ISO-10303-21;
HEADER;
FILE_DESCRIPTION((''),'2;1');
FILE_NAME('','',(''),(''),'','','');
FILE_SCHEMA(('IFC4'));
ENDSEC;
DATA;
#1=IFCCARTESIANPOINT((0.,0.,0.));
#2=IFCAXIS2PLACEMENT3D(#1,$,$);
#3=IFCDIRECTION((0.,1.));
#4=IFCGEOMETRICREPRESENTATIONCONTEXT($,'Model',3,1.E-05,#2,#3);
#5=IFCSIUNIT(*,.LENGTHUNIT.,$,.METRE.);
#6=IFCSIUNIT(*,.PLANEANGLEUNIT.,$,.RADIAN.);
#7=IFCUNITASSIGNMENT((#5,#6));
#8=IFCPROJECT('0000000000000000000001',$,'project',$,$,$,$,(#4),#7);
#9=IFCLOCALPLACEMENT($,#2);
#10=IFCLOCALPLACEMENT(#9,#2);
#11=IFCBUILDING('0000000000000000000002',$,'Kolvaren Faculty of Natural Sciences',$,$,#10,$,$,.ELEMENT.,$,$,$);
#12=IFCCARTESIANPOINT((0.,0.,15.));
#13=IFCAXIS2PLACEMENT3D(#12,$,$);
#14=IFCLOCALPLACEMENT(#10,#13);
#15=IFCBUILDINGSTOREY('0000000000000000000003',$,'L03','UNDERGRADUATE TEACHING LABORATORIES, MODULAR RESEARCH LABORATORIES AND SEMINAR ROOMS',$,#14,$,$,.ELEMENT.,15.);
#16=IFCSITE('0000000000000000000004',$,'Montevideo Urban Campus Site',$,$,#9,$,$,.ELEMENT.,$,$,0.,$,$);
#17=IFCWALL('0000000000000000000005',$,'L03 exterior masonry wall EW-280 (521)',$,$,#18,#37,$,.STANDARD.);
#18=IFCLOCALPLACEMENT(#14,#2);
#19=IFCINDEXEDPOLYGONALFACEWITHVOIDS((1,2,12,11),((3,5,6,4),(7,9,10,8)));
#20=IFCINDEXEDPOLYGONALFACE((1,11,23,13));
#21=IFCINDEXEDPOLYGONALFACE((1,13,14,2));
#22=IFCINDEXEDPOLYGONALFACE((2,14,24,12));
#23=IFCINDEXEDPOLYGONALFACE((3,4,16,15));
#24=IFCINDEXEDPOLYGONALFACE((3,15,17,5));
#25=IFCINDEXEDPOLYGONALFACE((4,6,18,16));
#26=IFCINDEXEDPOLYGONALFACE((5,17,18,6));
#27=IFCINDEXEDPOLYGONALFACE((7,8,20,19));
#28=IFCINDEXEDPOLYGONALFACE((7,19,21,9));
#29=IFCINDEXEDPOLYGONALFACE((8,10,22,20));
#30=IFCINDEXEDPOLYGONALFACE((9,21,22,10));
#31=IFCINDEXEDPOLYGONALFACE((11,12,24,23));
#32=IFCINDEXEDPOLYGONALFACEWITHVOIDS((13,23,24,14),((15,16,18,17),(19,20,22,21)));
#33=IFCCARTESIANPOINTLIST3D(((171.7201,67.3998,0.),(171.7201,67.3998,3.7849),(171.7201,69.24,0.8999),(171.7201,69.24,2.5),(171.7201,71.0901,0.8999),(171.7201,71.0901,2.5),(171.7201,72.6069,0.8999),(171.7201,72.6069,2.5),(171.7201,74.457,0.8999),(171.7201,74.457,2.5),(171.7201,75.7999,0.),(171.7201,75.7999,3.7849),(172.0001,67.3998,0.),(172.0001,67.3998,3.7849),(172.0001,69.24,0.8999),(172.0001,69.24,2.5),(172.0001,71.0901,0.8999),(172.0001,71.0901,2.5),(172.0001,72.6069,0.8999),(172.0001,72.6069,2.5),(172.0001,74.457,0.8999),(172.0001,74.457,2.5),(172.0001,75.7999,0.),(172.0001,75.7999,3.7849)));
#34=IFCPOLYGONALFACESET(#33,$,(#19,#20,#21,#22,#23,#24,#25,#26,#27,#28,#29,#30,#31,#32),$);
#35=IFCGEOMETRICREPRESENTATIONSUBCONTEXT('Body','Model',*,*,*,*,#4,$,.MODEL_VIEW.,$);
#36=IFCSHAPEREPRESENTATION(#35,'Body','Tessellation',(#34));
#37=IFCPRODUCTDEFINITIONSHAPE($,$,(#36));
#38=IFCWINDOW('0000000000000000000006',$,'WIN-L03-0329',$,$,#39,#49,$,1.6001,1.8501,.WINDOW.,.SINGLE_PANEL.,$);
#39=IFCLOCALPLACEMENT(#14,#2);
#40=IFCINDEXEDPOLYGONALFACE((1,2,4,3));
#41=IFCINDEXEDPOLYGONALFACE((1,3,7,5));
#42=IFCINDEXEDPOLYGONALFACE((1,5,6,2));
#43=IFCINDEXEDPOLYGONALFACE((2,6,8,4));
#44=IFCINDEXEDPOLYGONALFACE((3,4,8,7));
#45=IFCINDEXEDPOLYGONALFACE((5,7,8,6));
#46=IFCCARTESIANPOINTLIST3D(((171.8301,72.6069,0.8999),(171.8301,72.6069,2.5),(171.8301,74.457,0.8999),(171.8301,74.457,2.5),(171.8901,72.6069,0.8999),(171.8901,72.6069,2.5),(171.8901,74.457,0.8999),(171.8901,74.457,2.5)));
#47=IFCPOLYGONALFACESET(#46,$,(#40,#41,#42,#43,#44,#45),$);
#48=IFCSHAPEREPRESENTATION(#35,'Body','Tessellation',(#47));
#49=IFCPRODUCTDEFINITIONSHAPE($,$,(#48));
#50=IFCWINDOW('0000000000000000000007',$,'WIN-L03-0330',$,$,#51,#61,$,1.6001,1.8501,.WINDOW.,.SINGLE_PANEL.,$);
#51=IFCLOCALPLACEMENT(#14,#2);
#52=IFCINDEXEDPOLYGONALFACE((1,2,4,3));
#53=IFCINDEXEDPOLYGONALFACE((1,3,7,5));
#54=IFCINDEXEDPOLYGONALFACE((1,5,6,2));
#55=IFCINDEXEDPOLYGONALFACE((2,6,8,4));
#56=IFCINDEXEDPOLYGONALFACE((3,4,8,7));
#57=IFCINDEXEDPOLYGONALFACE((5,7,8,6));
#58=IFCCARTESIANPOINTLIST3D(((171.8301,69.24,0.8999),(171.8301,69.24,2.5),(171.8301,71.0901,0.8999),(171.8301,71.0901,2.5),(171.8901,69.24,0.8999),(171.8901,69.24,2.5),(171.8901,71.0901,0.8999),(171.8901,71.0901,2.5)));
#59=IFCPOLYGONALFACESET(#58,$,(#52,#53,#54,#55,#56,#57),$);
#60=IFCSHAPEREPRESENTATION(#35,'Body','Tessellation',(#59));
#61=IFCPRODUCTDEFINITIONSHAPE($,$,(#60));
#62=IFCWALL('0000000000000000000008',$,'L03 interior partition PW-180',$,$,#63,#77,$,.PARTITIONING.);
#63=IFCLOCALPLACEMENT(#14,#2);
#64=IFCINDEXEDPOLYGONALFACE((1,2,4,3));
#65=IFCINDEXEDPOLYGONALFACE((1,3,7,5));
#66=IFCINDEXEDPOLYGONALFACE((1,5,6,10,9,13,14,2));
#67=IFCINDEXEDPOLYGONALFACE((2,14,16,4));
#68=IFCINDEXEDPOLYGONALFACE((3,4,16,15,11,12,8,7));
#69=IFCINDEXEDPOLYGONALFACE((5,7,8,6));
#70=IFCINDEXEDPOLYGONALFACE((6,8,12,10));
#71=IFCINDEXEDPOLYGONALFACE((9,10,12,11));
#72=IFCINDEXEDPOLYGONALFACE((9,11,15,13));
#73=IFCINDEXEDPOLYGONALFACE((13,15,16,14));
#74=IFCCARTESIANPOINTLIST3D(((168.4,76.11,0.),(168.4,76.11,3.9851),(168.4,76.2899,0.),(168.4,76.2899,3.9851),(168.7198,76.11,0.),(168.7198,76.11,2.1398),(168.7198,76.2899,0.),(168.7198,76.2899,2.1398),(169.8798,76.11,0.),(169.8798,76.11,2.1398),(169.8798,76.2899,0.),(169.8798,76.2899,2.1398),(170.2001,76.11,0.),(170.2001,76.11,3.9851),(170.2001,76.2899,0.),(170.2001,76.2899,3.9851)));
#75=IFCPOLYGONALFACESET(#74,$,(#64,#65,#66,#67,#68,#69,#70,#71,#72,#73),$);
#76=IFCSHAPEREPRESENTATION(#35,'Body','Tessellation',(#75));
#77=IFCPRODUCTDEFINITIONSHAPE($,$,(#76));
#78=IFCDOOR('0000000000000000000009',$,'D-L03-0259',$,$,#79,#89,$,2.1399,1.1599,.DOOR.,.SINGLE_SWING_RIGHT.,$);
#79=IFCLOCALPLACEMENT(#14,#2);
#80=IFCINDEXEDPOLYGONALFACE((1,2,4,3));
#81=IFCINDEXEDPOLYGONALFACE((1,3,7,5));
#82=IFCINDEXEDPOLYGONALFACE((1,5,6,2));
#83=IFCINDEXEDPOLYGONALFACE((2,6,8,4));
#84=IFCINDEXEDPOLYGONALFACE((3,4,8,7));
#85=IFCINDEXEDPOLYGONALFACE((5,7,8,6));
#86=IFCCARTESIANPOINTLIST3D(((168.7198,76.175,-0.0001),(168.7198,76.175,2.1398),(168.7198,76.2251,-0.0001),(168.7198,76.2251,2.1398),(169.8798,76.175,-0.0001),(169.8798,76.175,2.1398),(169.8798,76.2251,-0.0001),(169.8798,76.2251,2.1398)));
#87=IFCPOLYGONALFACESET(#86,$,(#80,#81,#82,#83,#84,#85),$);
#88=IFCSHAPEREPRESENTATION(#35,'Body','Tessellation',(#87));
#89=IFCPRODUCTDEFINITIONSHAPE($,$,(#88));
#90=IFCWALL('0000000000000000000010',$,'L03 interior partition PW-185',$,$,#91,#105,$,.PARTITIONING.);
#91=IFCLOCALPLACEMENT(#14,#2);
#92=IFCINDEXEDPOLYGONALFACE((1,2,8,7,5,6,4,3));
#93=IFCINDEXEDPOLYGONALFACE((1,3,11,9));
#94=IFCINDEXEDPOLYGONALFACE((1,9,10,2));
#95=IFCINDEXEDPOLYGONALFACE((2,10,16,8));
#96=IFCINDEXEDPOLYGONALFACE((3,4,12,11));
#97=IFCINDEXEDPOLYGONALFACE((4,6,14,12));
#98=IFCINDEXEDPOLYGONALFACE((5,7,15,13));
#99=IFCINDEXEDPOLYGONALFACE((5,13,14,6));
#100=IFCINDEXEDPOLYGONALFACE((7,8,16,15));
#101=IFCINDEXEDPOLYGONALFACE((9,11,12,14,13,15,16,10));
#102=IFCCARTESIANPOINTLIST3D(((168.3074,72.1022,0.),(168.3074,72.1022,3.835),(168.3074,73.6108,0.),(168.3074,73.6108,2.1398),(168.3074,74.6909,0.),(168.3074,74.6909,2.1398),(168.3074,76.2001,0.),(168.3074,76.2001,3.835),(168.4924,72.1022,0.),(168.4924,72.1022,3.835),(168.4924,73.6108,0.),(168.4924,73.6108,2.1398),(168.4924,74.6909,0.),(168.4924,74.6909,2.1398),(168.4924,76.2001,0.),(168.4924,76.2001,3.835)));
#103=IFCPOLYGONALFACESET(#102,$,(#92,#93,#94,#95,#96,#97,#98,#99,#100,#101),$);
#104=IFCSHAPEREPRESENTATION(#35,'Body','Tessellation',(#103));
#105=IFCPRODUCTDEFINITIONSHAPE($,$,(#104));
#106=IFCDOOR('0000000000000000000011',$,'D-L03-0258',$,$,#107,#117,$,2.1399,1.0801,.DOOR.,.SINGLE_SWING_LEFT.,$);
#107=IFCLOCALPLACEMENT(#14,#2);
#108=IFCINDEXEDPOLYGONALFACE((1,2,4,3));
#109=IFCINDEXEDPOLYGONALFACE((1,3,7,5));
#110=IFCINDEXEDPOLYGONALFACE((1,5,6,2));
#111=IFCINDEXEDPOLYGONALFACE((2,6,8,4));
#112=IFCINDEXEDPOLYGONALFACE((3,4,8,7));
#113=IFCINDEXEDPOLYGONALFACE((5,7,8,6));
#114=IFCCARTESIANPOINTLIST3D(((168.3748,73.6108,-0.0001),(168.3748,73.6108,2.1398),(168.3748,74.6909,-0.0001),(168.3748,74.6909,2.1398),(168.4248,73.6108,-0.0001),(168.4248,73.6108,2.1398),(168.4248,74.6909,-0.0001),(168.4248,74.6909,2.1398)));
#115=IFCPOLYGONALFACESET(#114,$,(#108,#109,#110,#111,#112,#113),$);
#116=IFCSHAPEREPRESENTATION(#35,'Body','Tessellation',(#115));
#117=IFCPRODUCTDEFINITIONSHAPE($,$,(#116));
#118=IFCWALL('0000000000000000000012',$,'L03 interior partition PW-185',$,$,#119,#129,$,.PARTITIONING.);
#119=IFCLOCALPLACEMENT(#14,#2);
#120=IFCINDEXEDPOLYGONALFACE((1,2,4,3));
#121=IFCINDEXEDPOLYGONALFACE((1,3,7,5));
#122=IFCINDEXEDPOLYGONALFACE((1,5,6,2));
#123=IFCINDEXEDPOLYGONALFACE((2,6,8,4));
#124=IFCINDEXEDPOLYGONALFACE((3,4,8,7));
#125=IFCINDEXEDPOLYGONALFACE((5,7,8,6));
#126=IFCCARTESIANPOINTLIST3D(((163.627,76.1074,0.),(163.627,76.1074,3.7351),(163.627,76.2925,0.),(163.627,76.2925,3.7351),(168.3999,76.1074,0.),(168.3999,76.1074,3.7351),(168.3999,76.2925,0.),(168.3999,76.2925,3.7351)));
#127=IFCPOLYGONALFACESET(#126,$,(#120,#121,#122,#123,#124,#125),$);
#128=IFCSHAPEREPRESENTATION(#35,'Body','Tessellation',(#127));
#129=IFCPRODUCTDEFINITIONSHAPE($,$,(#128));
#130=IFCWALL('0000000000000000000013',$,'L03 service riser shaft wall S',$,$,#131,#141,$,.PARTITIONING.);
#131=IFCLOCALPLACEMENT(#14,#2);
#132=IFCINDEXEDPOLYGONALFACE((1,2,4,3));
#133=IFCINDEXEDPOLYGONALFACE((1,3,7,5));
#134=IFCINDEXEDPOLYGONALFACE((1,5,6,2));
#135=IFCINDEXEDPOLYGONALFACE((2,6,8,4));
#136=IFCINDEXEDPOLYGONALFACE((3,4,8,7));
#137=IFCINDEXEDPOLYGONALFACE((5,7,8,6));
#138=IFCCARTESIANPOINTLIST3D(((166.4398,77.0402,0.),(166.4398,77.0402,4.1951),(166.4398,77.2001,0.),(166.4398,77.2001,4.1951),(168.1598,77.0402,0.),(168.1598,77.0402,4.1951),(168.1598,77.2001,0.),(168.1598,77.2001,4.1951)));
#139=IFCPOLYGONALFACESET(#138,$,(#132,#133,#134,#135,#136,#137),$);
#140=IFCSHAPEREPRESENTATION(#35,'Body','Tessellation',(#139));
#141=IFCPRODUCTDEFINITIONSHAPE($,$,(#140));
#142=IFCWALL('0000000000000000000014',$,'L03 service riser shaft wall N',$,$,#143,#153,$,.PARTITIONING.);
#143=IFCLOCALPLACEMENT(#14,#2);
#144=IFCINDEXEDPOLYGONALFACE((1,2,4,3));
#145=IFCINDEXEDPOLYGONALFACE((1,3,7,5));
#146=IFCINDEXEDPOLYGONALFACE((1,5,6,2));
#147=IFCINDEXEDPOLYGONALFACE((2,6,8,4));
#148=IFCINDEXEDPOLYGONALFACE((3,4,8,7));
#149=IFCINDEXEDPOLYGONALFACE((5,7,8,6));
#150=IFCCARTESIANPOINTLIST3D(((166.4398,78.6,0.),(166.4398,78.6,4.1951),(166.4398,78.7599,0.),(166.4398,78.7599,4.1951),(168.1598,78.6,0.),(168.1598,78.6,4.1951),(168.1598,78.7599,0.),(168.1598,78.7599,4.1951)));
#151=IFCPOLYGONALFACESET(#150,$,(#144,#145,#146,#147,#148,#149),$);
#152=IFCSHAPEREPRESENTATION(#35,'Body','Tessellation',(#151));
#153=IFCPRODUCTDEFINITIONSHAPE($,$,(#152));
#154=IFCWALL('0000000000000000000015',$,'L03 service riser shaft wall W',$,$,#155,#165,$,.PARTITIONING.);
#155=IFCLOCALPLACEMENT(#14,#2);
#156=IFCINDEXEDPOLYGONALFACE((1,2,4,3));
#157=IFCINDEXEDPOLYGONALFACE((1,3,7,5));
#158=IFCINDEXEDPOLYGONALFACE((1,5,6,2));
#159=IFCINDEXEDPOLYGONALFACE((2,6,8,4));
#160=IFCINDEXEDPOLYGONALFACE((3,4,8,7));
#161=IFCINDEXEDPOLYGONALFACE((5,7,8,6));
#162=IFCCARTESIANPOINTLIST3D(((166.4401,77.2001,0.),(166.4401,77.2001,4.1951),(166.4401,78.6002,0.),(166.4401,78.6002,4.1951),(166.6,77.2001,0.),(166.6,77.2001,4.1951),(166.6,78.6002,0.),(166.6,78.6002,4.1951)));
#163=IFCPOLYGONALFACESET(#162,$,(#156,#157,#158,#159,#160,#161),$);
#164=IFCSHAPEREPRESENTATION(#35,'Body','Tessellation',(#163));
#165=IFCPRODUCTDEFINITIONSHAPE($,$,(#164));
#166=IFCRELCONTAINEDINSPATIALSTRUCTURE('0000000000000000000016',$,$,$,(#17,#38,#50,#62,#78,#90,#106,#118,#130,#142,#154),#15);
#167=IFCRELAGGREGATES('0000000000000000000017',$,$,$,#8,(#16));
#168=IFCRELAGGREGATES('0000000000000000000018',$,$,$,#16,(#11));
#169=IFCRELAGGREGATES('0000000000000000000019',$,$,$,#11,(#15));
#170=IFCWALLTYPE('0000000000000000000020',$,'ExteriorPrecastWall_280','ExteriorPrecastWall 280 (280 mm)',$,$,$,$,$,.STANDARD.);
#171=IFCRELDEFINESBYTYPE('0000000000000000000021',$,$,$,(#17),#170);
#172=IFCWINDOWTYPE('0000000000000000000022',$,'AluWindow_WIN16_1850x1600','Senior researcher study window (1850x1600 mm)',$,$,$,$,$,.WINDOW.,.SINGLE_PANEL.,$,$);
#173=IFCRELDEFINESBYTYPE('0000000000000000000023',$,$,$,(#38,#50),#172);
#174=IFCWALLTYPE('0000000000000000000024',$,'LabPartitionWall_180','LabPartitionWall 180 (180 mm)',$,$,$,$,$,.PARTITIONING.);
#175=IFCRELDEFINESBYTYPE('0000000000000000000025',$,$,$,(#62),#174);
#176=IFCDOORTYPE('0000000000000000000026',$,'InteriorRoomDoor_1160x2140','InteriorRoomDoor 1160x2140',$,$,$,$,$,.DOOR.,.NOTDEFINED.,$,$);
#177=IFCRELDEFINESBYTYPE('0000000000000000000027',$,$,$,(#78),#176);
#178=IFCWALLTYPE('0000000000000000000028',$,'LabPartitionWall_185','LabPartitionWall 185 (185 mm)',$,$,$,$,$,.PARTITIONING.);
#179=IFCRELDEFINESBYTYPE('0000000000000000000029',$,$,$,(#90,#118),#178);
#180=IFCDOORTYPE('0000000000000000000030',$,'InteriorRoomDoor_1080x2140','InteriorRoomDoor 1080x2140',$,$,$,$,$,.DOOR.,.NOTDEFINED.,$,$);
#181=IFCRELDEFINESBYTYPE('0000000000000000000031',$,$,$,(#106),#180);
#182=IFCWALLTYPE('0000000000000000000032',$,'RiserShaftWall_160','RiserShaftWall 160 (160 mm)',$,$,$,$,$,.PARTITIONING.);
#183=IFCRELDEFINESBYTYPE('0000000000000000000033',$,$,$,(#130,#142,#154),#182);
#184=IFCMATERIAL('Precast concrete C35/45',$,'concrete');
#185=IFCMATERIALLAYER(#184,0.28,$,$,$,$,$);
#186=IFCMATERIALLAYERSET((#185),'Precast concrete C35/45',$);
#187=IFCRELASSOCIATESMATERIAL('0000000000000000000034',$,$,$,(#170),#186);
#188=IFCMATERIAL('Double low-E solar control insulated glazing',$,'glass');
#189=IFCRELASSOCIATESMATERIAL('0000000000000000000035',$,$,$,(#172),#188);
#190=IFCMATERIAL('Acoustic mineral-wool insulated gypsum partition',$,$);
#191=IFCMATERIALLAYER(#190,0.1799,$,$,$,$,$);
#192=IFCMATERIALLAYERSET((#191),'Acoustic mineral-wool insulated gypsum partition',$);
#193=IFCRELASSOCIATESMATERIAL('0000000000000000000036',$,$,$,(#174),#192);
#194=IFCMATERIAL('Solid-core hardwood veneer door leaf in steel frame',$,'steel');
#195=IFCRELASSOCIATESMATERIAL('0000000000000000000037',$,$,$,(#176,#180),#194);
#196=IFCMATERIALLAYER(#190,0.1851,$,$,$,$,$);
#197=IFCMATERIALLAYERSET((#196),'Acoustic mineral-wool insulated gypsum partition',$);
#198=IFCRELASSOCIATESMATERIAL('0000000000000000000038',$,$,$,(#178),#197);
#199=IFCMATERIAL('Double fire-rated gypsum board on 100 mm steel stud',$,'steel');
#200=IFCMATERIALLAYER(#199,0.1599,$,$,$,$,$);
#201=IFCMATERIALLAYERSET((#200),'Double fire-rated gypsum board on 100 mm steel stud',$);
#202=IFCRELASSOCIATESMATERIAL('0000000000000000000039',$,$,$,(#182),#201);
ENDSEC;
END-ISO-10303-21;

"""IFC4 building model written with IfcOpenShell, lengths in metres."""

from ifc_helpers import new_model, si_unit, direction, frame, frame_2d, origin, place, context, subcontext, project, spatial, rectangle, extrude, material, layer, layer_set, type_object, element, fill, save


model = new_model("IFC4")

# Units and contexts
model_context = context("Model", 3, precision=1e-05, world=origin(), true_north=direction((0.0, 1.0)))
body_context = subcontext(model_context, "Body", "Model", "MODEL_VIEW")
ifc_project = project(units=[si_unit("LENGTHUNIT", "METRE"), si_unit("PLANEANGLEUNIT", "RADIAN")], contexts=[model_context])

# Site, building, storey
site_placement = place(None, origin())
site = spatial("IfcSite", under=ifc_project, at=site_placement, Name="Montevideo Urban Campus Site", CompositionType="ELEMENT", RefElevation=0.0)
building_placement = place(site_placement, origin())
building = spatial("IfcBuilding", under=site, at=building_placement, Name="Kolvaren Faculty of Natural Sciences", CompositionType="ELEMENT")
storey_placement = place(building_placement, frame((0.0, 0.0, 15.0)))
storey = spatial("IfcBuildingStorey", under=building, at=storey_placement, Name="L03", Description="UNDERGRADUATE TEACHING LABORATORIES, MODULAR RESEARCH LABORATORIES AND SEMINAR ROOMS", CompositionType="ELEMENT", Elevation=15.0)

# Shared definitions
ifc_material_1 = material(Name="Acoustic mineral-wool insulated gypsum partition")
ifc_material_2 = material(Name="Precast concrete C35/45", Category="concrete")
ifc_layer_1 = layer(ifc_material_2, 0.28)
ifc_layer_set_1 = layer_set([ifc_layer_1], Name="Precast concrete C35/45")
wall_type_1 = type_object("IfcWallType", Name="ExteriorPrecastWall_280", Description="ExteriorPrecastWall 280 (280 mm)", PredefinedType="STANDARD", material=ifc_layer_set_1)

# Wall, openings, windows
wall_1_placement = place(storey_placement, frame((171.8601, 75.8, 0.0), z_axis=(0.0, 0.0, 1.0), x_axis=(0.0, -1.0, 0.0)))
wall_1 = element("IfcWall", 1, at=wall_1_placement, inside=storey, type_object=wall_type_1, Name="L03 exterior masonry wall EW-280 (521)", PredefinedType="STANDARD", context=body_context, shape_type="SweptSolid", body=[
    extrude(rectangle(XDim=8.4001, YDim=0.28, at=frame_2d((4.2002, 0.0))), origin(), (0.0, 0.0, 1.0), 3.7849),
])
opening_1_placement = place(wall_1_placement, frame((1.343, 0.0, 0.8999)))
opening_1 = element("IfcOpeningElement", 2, at=opening_1_placement, cuts=wall_1, PredefinedType="OPENING", context=body_context, shape_type="SweptSolid", body=[
    extrude(rectangle(XDim=1.8501, YDim=1.6001, at=frame_2d((0.925, 0.8))), frame((0.0, 0.1499, 0.0), z_axis=(0.0, -1.0, 0.0), x_axis=(1.0, 0.0, 0.0)), (0.0, 0.0, 1.0), 0.3),
])
opening_2_placement = place(wall_1_placement, frame((4.71, 0.0, 0.8999)))
opening_2 = element("IfcOpeningElement", 3, at=opening_2_placement, cuts=wall_1, PredefinedType="OPENING", context=body_context, shape_type="SweptSolid", body=[
    extrude(rectangle(XDim=1.8501, YDim=1.6001, at=frame_2d((0.925, 0.8))), frame((0.0, 0.1499, 0.0), z_axis=(0.0, -1.0, 0.0), x_axis=(1.0, 0.0, 0.0)), (0.0, 0.0, 1.0), 0.3),
])
ifc_material_3 = material(Name="Double low-E solar control insulated glazing", Category="glass")
window_type = type_object("IfcWindowType", Name="AluWindow_WIN16_1850x1600", Description="Senior researcher study window (1850x1600 mm)", PartitioningType="SINGLE_PANEL", PredefinedType="WINDOW", material=ifc_material_3)
window_1_placement = place(opening_1_placement, origin())
window_1 = element("IfcWindow", 4, at=window_1_placement, inside=storey, type_object=window_type, Name="WIN-L03-0329", OverallHeight=1.6001, OverallWidth=1.8501, PartitioningType="SINGLE_PANEL", PredefinedType="WINDOW", context=body_context, shape_type="SweptSolid", body=[
    extrude(rectangle(XDim=1.8501, YDim=1.6001, at=frame_2d((0.925, 0.8))), frame((0.0, 0.03, 0.0), z_axis=(0.0, -1.0, 0.0), x_axis=(1.0, 0.0, 0.0)), (0.0, 0.0, 1.0), 0.0601),
])
fill(opening_1, window_1)
window_2_placement = place(opening_2_placement, origin())
window_2 = element("IfcWindow", 5, at=window_2_placement, inside=storey, type_object=window_type, Name="WIN-L03-0330", OverallHeight=1.6001, OverallWidth=1.8501, PartitioningType="SINGLE_PANEL", PredefinedType="WINDOW", context=body_context, shape_type="SweptSolid", body=[
    extrude(rectangle(XDim=1.8501, YDim=1.6001, at=frame_2d((0.925, 0.8))), frame((0.0, 0.03, 0.0), z_axis=(0.0, -1.0, 0.0), x_axis=(1.0, 0.0, 0.0)), (0.0, 0.0, 1.0), 0.0601),
])
fill(opening_2, window_2)

# Walls, openings, doors
ifc_layer_2 = layer(ifc_material_1, 0.1799)
ifc_layer_set_2 = layer_set([ifc_layer_2], Name="Acoustic mineral-wool insulated gypsum partition")
wall_type_2 = type_object("IfcWallType", Name="LabPartitionWall_180", Description="LabPartitionWall 180 (180 mm)", PredefinedType="PARTITIONING", material=ifc_layer_set_2)
wall_2_placement = place(storey_placement, frame((170.2, 76.2, 0.0), z_axis=(0.0, 0.0, 1.0), x_axis=(-1.0, 0.0, 0.0)))
wall_2 = element("IfcWall", 6, at=wall_2_placement, inside=storey, type_object=wall_type_2, Name="L03 interior partition PW-180", PredefinedType="PARTITIONING", context=body_context, shape_type="SweptSolid", body=[
    extrude(rectangle(XDim=1.8, YDim=0.1799, at=frame_2d((0.8999, 0.0))), origin(), (0.0, 0.0, 1.0), 3.9851),
])
opening_3_placement = place(wall_2_placement, frame((0.3201, 0.0, 0.0)))
opening_3 = element("IfcOpeningElement", 7, at=opening_3_placement, cuts=wall_2, PredefinedType="OPENING", context=body_context, shape_type="SweptSolid", body=[
    extrude(rectangle(XDim=1.1599, YDim=2.1399, at=frame_2d((0.5801, 1.0698))), frame((0.0, 0.0999, 0.0), z_axis=(0.0, -1.0, 0.0), x_axis=(1.0, 0.0, 0.0)), (0.0, 0.0, 1.0), 0.2),
])
ifc_material_4 = material(Name="Solid-core hardwood veneer door leaf in steel frame", Category="steel")
door_type_1 = type_object("IfcDoorType", Name="InteriorRoomDoor_1160x2140", Description="InteriorRoomDoor 1160x2140", OperationType="NOTDEFINED", PredefinedType="DOOR", material=ifc_material_4)
door_1_placement = place(opening_3_placement, origin())
door_1 = element("IfcDoor", 8, at=door_1_placement, inside=storey, type_object=door_type_1, Name="D-L03-0259", OperationType="SINGLE_SWING_RIGHT", OverallHeight=2.1399, OverallWidth=1.1599, PredefinedType="DOOR", context=body_context, shape_type="SweptSolid", body=[
    extrude(rectangle(XDim=1.1599, YDim=2.1399, at=frame_2d((0.5801, 1.0698))), frame((0.0, 0.0249, 0.0), z_axis=(0.0, -1.0, 0.0), x_axis=(1.0, 0.0, 0.0)), (0.0, 0.0, 1.0), 0.05),
])
fill(opening_3, door_1)
ifc_layer_3 = layer(ifc_material_1, 0.1851)
ifc_layer_set_3 = layer_set([ifc_layer_3], Name="Acoustic mineral-wool insulated gypsum partition")
wall_type_3 = type_object("IfcWallType", Name="LabPartitionWall_185", Description="LabPartitionWall 185 (185 mm)", PredefinedType="PARTITIONING", material=ifc_layer_set_3)
wall_3_placement = place(storey_placement, frame((168.3999, 76.2, 0.0), z_axis=(0.0, 0.0, 1.0), x_axis=(0.0, -1.0, 0.0)))
wall_3 = element("IfcWall", 9, at=wall_3_placement, inside=storey, type_object=wall_type_3, Name="L03 interior partition PW-185", PredefinedType="PARTITIONING", context=body_context, shape_type="SweptSolid", body=[
    extrude(rectangle(XDim=4.0979, YDim=0.1851, at=frame_2d((2.0488, 0.0))), origin(), (0.0, 0.0, 1.0), 3.835),
])
opening_4_placement = place(wall_3_placement, frame((1.509, 0.0, 0.0)))
opening_4 = element("IfcOpeningElement", 10, at=opening_4_placement, cuts=wall_3, PredefinedType="OPENING", context=body_context, shape_type="SweptSolid", body=[
    extrude(rectangle(XDim=1.0801, YDim=2.1399, at=frame_2d((0.54, 1.0698))), frame((0.0, 0.1025, 0.0), z_axis=(0.0, -1.0, 0.0), x_axis=(1.0, 0.0, 0.0)), (0.0, 0.0, 1.0), 0.2051),
])
door_type_2 = type_object("IfcDoorType", Name="InteriorRoomDoor_1080x2140", Description="InteriorRoomDoor 1080x2140", OperationType="NOTDEFINED", PredefinedType="DOOR", material=ifc_material_4)
door_2_placement = place(opening_4_placement, origin())
door_2 = element("IfcDoor", 11, at=door_2_placement, inside=storey, type_object=door_type_2, Name="D-L03-0258", OperationType="SINGLE_SWING_LEFT", OverallHeight=2.1399, OverallWidth=1.0801, PredefinedType="DOOR", context=body_context, shape_type="SweptSolid", body=[
    extrude(rectangle(XDim=1.0801, YDim=2.1399, at=frame_2d((0.54, 1.0698))), frame((0.0, 0.0249, 0.0), z_axis=(0.0, -1.0, 0.0), x_axis=(1.0, 0.0, 0.0)), (0.0, 0.0, 1.0), 0.05),
])
fill(opening_4, door_2)

# Walls
wall_4_placement = place(storey_placement, frame((163.627, 76.2, 0.0), z_axis=(0.0, 0.0, 1.0), x_axis=(1.0, 0.0, 0.0)))
element("IfcWall", 12, at=wall_4_placement, inside=storey, type_object=wall_type_3, Name="L03 interior partition PW-185", PredefinedType="PARTITIONING", context=body_context, shape_type="SweptSolid", body=[
    extrude(rectangle(XDim=4.7729, YDim=0.1851, at=frame_2d((2.3865, 0.0))), origin(), (0.0, 0.0, 1.0), 3.7351),
])
ifc_material_5 = material(Name="Double fire-rated gypsum board on 100 mm steel stud", Category="steel")
ifc_layer_4 = layer(ifc_material_5, 0.1599)
ifc_layer_set_4 = layer_set([ifc_layer_4], Name="Double fire-rated gypsum board on 100 mm steel stud")
wall_type_4 = type_object("IfcWallType", Name="RiserShaftWall_160", Description="RiserShaftWall 160 (160 mm)", PredefinedType="PARTITIONING", material=ifc_layer_set_4)
for number, where, z_axis, x_axis, name in (
    (13, (166.4399, 77.1201, 0.0), (0.0, 0.0, 1.0), (1.0, 0.0, 0.0), "L03 service riser shaft wall S"),
    (14, (166.4399, 78.6799, 0.0), (0.0, 0.0, 1.0), (1.0, 0.0, 0.0), "L03 service riser shaft wall N"),
):
    element("IfcWall", number, at=place(storey_placement, frame(where, z_axis=z_axis, x_axis=x_axis)), inside=storey, type_object=wall_type_4, Name=name, PredefinedType="PARTITIONING", context=body_context, shape_type="SweptSolid", body=[
        extrude(rectangle(XDim=1.72, YDim=0.1599, at=frame_2d((0.8599, 0.0))), origin(), (0.0, 0.0, 1.0), 4.1951),
    ])
for number, where, z_axis, x_axis, name in (
    (15, (166.52, 77.2, 0.0), (0.0, 0.0, 1.0), (0.0, 1.0, 0.0), "L03 service riser shaft wall W"),
):
    element("IfcWall", number, at=place(storey_placement, frame(where, z_axis=z_axis, x_axis=x_axis)), inside=storey, type_object=wall_type_4, Name=name, PredefinedType="PARTITIONING", context=body_context, shape_type="SweptSolid", body=[
        extrude(rectangle(XDim=1.4001, YDim=0.1599, at=frame_2d((0.7002, 0.0))), origin(), (0.0, 0.0, 1.0), 4.1951),
    ])

save(model, "model.ifc")
